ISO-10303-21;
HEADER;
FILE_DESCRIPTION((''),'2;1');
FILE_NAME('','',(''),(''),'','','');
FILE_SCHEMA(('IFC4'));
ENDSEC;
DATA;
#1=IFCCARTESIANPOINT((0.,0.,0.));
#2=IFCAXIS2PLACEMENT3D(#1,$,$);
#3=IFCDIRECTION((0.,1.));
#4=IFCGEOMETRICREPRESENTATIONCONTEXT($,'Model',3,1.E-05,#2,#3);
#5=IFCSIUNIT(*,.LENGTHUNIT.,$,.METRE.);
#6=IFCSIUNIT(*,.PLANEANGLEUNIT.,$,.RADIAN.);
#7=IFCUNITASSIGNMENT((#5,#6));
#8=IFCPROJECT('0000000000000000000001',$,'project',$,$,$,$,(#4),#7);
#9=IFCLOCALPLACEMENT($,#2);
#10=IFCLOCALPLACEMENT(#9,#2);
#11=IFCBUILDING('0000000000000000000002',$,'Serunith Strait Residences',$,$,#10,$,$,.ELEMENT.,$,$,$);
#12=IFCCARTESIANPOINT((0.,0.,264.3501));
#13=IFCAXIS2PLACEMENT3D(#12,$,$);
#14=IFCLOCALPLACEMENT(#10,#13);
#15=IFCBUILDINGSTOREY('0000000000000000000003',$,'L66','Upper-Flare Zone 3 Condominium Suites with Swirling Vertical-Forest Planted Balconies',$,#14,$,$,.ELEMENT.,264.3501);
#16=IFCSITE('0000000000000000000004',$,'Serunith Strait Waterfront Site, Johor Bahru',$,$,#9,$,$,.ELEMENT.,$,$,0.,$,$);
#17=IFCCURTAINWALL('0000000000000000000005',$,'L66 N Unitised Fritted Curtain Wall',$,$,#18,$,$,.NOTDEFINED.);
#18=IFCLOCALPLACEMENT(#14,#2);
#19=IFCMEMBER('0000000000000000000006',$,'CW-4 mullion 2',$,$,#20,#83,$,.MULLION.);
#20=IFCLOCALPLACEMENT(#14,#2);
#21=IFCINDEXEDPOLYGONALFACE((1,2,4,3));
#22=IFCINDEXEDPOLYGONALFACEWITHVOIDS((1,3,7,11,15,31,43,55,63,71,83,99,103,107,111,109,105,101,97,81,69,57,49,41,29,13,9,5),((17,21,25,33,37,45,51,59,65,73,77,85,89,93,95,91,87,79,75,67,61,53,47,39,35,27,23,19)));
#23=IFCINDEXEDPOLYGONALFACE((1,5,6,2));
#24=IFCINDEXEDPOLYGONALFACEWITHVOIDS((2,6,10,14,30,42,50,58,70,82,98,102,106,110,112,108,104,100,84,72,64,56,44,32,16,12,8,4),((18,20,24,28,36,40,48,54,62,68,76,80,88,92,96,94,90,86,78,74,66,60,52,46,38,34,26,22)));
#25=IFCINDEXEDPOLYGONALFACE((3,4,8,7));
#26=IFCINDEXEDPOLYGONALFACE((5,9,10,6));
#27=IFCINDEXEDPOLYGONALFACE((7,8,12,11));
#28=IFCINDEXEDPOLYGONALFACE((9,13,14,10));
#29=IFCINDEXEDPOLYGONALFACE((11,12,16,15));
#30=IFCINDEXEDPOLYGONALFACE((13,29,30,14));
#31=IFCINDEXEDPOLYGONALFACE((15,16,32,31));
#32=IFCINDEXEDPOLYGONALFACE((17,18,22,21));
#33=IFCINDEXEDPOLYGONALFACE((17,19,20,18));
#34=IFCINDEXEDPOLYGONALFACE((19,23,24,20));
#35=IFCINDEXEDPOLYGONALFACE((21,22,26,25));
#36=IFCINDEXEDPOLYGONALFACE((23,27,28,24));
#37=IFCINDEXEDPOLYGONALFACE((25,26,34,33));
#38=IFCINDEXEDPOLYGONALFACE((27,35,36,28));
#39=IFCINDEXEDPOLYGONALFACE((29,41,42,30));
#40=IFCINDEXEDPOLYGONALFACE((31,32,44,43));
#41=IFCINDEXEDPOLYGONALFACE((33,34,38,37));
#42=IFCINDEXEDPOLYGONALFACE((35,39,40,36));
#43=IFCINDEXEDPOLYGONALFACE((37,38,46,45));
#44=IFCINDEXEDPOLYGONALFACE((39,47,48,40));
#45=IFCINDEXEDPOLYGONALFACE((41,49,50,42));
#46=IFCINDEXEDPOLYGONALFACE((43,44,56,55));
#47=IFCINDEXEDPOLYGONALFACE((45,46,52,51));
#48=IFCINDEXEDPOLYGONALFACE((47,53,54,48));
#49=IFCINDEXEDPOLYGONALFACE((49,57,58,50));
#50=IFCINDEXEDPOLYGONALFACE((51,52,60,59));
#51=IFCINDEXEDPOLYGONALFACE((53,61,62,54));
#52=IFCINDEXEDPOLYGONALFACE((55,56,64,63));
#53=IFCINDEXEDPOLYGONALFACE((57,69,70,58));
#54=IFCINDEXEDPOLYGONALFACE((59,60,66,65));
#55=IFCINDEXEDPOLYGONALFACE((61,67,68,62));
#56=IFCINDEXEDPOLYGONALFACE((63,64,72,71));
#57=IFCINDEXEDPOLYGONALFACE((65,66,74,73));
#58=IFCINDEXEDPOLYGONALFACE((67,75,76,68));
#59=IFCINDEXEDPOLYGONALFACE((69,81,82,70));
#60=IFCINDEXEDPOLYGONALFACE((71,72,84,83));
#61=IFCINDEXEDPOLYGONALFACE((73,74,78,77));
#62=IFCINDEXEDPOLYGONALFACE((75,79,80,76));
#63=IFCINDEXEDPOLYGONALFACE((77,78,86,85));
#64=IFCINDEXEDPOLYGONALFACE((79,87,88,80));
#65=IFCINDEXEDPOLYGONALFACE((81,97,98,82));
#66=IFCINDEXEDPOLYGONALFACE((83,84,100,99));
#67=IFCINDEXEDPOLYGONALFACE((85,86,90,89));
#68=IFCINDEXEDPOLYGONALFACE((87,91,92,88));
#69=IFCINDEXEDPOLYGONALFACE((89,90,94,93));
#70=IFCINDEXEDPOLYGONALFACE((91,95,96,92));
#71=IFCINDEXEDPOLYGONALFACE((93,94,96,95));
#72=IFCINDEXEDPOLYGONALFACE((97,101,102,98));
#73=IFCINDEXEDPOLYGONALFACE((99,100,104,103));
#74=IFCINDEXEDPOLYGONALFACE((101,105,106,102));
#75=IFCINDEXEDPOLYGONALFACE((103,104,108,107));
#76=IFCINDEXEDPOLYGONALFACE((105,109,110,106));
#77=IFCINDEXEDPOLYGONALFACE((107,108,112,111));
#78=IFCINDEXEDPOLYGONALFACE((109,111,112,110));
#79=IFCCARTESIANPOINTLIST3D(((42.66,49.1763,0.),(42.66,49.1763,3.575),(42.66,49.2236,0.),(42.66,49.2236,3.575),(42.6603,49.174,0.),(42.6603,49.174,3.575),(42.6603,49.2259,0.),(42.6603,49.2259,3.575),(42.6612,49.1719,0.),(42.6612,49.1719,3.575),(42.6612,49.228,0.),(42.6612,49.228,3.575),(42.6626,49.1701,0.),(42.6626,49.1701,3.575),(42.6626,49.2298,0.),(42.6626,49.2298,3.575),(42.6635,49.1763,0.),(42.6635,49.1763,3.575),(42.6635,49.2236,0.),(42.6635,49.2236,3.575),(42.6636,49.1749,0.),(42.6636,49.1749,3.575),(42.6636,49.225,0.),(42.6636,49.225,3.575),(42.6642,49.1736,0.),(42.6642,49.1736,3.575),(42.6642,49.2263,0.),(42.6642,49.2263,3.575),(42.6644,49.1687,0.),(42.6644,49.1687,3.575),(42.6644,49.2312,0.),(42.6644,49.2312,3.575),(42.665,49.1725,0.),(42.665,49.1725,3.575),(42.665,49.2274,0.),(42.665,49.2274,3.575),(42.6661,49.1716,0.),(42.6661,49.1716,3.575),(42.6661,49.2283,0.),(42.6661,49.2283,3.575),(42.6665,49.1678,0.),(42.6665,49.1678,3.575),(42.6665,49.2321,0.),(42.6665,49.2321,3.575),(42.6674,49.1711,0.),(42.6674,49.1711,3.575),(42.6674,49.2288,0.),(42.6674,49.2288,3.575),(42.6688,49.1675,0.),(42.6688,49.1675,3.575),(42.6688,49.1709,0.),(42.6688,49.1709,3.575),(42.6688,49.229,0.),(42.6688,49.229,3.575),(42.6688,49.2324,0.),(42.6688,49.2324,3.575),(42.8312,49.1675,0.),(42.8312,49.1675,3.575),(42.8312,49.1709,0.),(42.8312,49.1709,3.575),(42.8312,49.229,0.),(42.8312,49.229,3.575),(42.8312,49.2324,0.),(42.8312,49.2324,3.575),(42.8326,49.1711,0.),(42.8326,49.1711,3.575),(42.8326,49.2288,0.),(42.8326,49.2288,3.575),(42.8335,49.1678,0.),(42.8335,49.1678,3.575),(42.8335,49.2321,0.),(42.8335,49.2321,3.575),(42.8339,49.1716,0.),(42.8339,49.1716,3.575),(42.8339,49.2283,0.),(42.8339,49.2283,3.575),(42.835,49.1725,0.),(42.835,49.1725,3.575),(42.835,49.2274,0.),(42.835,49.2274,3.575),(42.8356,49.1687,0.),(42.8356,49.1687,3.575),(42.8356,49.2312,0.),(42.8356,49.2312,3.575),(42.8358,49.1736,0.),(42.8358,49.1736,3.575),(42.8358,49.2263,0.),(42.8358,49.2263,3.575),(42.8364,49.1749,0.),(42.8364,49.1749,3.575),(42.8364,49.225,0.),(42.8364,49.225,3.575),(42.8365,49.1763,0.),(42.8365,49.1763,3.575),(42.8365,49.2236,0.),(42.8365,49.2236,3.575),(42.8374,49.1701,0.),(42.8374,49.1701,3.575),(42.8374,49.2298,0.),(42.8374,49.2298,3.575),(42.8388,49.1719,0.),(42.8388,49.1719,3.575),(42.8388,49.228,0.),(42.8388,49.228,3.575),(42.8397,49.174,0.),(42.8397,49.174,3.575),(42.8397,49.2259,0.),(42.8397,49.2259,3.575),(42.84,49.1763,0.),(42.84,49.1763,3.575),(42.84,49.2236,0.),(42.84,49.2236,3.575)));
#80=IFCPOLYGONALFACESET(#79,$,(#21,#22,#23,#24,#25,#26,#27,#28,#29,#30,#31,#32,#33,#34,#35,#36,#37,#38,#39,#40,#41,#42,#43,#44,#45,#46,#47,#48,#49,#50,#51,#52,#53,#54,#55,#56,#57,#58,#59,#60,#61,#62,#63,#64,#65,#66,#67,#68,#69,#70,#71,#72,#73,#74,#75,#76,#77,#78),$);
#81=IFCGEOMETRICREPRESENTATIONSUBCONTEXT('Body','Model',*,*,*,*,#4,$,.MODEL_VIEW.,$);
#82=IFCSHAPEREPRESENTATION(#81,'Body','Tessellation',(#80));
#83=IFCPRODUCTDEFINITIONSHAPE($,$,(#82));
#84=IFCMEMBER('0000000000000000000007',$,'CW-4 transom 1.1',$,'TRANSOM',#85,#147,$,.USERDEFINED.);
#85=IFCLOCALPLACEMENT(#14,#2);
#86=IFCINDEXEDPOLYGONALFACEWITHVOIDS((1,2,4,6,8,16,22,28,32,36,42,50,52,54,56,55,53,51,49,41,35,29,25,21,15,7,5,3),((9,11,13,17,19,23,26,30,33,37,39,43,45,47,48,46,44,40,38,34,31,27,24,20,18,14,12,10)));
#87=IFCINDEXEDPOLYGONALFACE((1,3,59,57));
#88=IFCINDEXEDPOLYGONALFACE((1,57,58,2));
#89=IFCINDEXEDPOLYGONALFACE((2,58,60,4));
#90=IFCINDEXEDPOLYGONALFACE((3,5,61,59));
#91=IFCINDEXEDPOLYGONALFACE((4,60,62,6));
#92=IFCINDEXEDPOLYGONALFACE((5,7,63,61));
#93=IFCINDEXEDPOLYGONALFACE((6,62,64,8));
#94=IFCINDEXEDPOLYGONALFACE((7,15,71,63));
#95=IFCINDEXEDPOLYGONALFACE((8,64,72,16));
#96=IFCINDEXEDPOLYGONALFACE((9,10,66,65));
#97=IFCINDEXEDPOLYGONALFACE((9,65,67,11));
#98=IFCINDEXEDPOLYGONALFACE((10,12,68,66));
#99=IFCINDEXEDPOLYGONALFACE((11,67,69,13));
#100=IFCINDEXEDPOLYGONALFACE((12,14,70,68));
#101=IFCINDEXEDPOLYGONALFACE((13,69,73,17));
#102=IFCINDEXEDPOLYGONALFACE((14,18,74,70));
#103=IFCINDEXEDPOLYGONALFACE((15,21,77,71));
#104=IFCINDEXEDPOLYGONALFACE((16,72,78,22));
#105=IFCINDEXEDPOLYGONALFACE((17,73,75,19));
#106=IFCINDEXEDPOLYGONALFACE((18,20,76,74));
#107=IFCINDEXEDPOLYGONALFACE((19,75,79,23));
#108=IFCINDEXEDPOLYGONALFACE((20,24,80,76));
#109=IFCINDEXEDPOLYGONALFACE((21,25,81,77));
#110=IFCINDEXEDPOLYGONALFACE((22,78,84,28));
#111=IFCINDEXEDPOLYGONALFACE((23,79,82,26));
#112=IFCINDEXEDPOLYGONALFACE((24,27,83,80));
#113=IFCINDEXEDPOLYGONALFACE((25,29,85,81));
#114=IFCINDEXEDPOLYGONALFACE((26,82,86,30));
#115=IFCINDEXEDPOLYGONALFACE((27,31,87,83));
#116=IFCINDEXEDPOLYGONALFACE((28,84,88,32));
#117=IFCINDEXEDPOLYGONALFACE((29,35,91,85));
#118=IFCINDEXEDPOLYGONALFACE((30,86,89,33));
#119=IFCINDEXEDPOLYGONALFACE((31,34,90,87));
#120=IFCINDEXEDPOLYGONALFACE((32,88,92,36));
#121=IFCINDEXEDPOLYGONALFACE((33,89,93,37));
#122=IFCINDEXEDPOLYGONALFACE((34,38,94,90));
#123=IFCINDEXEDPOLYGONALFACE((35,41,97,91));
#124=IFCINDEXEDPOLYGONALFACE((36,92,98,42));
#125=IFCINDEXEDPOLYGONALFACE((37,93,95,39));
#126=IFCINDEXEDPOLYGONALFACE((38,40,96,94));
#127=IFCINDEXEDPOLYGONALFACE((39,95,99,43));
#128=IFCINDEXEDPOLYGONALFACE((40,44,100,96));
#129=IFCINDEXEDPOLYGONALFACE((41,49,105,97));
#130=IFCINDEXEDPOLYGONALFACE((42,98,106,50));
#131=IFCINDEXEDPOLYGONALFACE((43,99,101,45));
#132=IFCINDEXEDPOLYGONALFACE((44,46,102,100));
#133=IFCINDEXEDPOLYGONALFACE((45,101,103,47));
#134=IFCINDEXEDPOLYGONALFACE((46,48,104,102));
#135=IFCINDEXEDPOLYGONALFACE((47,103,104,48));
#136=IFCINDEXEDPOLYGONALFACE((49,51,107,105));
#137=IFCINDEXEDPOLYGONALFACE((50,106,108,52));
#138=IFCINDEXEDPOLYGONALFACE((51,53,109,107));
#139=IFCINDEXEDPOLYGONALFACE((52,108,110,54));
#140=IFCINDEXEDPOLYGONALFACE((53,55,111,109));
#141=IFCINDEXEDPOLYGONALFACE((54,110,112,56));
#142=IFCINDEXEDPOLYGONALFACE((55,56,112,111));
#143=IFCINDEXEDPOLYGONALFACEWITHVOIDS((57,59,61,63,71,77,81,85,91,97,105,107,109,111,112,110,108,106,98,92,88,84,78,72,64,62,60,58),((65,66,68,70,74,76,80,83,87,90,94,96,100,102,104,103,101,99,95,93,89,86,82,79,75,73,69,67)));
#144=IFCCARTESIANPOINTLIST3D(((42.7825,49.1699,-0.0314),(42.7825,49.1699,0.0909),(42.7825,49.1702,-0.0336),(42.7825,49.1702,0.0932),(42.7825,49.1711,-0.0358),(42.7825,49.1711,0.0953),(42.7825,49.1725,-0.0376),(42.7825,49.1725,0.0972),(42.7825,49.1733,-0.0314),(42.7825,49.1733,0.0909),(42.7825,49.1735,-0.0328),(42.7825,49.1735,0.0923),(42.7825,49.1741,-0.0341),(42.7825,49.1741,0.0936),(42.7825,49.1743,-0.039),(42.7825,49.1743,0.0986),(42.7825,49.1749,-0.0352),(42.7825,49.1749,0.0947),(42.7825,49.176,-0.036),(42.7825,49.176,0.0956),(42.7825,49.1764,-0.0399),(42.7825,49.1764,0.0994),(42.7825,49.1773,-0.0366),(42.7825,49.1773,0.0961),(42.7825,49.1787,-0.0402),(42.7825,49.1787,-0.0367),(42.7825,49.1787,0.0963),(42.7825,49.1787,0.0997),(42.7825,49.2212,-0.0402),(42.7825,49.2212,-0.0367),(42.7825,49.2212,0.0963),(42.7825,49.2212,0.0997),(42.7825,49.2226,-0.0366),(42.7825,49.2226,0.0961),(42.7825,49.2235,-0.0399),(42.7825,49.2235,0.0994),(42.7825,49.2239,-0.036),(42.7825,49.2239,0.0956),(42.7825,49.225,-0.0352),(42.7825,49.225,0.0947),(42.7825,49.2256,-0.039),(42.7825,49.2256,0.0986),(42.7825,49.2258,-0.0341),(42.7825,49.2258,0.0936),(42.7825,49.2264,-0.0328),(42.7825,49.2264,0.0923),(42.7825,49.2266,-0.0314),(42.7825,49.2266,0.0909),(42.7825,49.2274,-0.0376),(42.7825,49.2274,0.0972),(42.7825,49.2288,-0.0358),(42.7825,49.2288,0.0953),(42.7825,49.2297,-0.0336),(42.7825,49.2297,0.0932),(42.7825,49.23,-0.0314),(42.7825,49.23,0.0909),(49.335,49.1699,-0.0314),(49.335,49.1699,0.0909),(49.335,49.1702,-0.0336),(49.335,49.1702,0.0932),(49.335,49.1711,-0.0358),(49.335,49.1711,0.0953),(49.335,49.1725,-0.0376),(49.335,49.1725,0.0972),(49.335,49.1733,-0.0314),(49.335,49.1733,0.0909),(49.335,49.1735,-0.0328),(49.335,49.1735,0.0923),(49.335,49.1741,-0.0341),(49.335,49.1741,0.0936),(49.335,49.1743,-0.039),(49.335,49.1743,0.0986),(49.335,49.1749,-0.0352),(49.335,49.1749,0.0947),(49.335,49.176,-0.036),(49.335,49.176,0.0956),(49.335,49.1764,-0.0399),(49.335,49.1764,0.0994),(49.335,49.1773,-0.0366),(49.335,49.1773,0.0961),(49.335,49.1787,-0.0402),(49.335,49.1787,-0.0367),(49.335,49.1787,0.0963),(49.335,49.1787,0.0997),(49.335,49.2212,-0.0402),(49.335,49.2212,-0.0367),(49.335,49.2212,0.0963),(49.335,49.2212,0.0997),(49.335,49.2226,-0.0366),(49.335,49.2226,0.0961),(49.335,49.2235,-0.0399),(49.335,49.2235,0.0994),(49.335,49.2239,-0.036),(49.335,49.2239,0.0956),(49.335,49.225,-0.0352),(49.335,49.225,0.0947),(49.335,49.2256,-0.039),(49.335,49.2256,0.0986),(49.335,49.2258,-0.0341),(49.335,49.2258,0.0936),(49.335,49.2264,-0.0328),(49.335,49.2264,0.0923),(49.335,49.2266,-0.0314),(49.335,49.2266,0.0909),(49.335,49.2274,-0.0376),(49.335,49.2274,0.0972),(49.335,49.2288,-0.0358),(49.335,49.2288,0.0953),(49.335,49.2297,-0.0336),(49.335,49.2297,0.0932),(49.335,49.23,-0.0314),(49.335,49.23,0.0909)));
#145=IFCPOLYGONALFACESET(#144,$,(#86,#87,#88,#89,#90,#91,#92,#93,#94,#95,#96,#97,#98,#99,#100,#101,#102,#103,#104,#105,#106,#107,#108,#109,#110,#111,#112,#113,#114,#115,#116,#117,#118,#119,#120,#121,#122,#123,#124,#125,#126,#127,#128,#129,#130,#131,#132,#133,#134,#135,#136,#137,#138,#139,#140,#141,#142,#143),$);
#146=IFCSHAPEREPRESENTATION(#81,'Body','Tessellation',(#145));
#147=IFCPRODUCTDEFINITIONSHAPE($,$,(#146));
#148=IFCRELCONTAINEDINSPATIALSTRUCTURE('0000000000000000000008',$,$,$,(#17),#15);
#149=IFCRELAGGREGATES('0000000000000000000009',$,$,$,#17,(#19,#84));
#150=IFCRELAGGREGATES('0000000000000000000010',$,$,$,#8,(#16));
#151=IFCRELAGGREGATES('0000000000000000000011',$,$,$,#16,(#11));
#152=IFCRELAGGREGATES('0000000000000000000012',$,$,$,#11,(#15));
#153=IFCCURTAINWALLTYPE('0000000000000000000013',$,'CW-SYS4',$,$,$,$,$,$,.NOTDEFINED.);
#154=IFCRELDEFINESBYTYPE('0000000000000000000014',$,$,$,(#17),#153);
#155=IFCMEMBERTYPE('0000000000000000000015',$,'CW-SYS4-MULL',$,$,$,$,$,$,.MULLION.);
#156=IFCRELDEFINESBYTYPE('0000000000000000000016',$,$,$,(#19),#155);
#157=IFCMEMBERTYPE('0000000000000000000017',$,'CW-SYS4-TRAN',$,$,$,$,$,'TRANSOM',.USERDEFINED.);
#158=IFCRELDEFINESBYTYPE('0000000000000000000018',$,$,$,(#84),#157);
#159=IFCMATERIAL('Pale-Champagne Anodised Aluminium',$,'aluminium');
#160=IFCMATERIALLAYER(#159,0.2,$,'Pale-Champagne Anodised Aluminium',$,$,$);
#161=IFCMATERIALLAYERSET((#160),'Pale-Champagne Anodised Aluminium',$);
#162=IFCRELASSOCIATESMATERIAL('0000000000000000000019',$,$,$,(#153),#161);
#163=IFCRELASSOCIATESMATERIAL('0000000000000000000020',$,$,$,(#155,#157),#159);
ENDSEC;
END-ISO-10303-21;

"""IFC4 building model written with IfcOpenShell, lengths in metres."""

from ifc_helpers import new_model, si_unit, direction, frame, origin, origin_2d, place, context, subcontext, project, spatial, hollow_rectangle, extrude, source, transform, mapped, material, layer, layer_set, material_profile, profile_set, type_object, element, aggregate, save


model = new_model("IFC4")

# Units and contexts
model_context = context("Model", 3, precision=1e-05, world=origin(), true_north=direction((0.0, 1.0)))
body_context = subcontext(model_context, "Body", "Model", "MODEL_VIEW")
ifc_project = project(units=[si_unit("LENGTHUNIT", "METRE"), si_unit("PLANEANGLEUNIT", "RADIAN")], contexts=[model_context])

# Site, building, storey
site_placement = place(None, origin())
site = spatial("IfcSite", under=ifc_project, at=site_placement, Name="Serunith Strait Waterfront Site, Johor Bahru", CompositionType="ELEMENT", RefElevation=0.0)
building_placement = place(site_placement, origin())
building = spatial("IfcBuilding", under=site, at=building_placement, Name="Serunith Strait Residences", CompositionType="ELEMENT")
storey_placement = place(building_placement, frame((0.0, 0.0, 264.3501)))
storey = spatial("IfcBuildingStorey", under=building, at=storey_placement, Name="L66", Description="Upper-Flare Zone 3 Condominium Suites with Swirling Vertical-Forest Planted Balconies", CompositionType="ELEMENT", Elevation=264.3501)

# Shared definitions
ifc_material_1 = material(Name="Pale-Champagne Anodised Aluminium", Category="aluminium")
ifc_layer_1 = layer(ifc_material_1, 0.2, Name="Pale-Champagne Anodised Aluminium")
ifc_layer_set_1 = layer_set([ifc_layer_1], Name="Pale-Champagne Anodised Aluminium")
curtain_wall_type = type_object("IfcCurtainWallType", Name="CW-SYS4", PredefinedType="NOTDEFINED", material=ifc_layer_set_1)
ifc_material_profile_1 = material_profile(ifc_material_1, hollow_rectangle(XDim=0.0649, YDim=0.1799, WallThickness=0.0034, InnerFilletRadius=0.0054, OuterFilletRadius=0.0088, at=origin_2d()), Name="ALU 180x65x3.5")
ifc_profile_set_1 = profile_set([ifc_material_profile_1], Name="Pale-Champagne Anodised Aluminium")
member_type_1 = type_object("IfcMemberType", Name="CW-SYS4-MULL", PredefinedType="MULLION", material=ifc_profile_set_1)
shared_shape_1 = source(origin(), body_context, "Body", "SweptSolid", [
    extrude(hollow_rectangle(XDim=0.0649, YDim=0.1799, WallThickness=0.0034, InnerFilletRadius=0.0054, OuterFilletRadius=0.0088, at=origin_2d()), origin(), (0.0, 0.0, 1.0), 3.575),
])

# Curtain wall, members
curtain_wall_1_placement = place(storey_placement, origin())
curtain_wall_1 = element("IfcCurtainWall", 1, at=curtain_wall_1_placement, inside=storey, type_object=curtain_wall_type, Name="L66 N Unitised Fritted Curtain Wall", PredefinedType="NOTDEFINED")
member_1_placement = place(storey_placement, frame((42.75, 49.2, 0.0), z_axis=(0.0, 0.0, 1.0), x_axis=(0.0, -1.0, 0.0)))
member_1 = element("IfcMember", 2, at=member_1_placement, type_object=member_type_1, Name="CW-4 mullion 2", PredefinedType="MULLION", context=body_context, shape_type="MappedRepresentation", body=[
    mapped(shared_shape_1, transform((0.0, 0.0, 0.0), scale=1.0)),
])
ifc_material_profile_2 = material_profile(ifc_material_1, hollow_rectangle(XDim=0.0601, YDim=0.1399, WallThickness=0.0034, InnerFilletRadius=0.0054, OuterFilletRadius=0.0088, at=origin_2d()), Name="ALU 140x60x3.5")
ifc_profile_set_2 = profile_set([ifc_material_profile_2], Name="Pale-Champagne Anodised Aluminium")
member_type_2 = type_object("IfcMemberType", Name="CW-SYS4-TRAN", ElementType="TRANSOM", PredefinedType="USERDEFINED", material=ifc_profile_set_2)
shared_shape_2 = source(origin(), body_context, "Body", "SweptSolid", [
    extrude(hollow_rectangle(XDim=0.0601, YDim=0.1399, WallThickness=0.0034, InnerFilletRadius=0.0054, OuterFilletRadius=0.0088, at=origin_2d()), origin(), (0.0, 0.0, 1.0), 6.5525),
])
member_2_placement = place(storey_placement, frame((49.335, 49.2, 0.0298), z_axis=(-1.0, 0.0, 0.0), x_axis=(0.0, -1.0, 0.0)))
member_2 = element("IfcMember", 3, at=member_2_placement, type_object=member_type_2, Name="CW-4 transom 1.1", ObjectType="TRANSOM", PredefinedType="USERDEFINED", context=body_context, shape_type="MappedRepresentation", body=[
    mapped(shared_shape_2, transform((0.0, 0.0, 0.0), scale=1.0)),
])
aggregate(curtain_wall_1, [member_1, member_2])

save(model, "model.ifc")
